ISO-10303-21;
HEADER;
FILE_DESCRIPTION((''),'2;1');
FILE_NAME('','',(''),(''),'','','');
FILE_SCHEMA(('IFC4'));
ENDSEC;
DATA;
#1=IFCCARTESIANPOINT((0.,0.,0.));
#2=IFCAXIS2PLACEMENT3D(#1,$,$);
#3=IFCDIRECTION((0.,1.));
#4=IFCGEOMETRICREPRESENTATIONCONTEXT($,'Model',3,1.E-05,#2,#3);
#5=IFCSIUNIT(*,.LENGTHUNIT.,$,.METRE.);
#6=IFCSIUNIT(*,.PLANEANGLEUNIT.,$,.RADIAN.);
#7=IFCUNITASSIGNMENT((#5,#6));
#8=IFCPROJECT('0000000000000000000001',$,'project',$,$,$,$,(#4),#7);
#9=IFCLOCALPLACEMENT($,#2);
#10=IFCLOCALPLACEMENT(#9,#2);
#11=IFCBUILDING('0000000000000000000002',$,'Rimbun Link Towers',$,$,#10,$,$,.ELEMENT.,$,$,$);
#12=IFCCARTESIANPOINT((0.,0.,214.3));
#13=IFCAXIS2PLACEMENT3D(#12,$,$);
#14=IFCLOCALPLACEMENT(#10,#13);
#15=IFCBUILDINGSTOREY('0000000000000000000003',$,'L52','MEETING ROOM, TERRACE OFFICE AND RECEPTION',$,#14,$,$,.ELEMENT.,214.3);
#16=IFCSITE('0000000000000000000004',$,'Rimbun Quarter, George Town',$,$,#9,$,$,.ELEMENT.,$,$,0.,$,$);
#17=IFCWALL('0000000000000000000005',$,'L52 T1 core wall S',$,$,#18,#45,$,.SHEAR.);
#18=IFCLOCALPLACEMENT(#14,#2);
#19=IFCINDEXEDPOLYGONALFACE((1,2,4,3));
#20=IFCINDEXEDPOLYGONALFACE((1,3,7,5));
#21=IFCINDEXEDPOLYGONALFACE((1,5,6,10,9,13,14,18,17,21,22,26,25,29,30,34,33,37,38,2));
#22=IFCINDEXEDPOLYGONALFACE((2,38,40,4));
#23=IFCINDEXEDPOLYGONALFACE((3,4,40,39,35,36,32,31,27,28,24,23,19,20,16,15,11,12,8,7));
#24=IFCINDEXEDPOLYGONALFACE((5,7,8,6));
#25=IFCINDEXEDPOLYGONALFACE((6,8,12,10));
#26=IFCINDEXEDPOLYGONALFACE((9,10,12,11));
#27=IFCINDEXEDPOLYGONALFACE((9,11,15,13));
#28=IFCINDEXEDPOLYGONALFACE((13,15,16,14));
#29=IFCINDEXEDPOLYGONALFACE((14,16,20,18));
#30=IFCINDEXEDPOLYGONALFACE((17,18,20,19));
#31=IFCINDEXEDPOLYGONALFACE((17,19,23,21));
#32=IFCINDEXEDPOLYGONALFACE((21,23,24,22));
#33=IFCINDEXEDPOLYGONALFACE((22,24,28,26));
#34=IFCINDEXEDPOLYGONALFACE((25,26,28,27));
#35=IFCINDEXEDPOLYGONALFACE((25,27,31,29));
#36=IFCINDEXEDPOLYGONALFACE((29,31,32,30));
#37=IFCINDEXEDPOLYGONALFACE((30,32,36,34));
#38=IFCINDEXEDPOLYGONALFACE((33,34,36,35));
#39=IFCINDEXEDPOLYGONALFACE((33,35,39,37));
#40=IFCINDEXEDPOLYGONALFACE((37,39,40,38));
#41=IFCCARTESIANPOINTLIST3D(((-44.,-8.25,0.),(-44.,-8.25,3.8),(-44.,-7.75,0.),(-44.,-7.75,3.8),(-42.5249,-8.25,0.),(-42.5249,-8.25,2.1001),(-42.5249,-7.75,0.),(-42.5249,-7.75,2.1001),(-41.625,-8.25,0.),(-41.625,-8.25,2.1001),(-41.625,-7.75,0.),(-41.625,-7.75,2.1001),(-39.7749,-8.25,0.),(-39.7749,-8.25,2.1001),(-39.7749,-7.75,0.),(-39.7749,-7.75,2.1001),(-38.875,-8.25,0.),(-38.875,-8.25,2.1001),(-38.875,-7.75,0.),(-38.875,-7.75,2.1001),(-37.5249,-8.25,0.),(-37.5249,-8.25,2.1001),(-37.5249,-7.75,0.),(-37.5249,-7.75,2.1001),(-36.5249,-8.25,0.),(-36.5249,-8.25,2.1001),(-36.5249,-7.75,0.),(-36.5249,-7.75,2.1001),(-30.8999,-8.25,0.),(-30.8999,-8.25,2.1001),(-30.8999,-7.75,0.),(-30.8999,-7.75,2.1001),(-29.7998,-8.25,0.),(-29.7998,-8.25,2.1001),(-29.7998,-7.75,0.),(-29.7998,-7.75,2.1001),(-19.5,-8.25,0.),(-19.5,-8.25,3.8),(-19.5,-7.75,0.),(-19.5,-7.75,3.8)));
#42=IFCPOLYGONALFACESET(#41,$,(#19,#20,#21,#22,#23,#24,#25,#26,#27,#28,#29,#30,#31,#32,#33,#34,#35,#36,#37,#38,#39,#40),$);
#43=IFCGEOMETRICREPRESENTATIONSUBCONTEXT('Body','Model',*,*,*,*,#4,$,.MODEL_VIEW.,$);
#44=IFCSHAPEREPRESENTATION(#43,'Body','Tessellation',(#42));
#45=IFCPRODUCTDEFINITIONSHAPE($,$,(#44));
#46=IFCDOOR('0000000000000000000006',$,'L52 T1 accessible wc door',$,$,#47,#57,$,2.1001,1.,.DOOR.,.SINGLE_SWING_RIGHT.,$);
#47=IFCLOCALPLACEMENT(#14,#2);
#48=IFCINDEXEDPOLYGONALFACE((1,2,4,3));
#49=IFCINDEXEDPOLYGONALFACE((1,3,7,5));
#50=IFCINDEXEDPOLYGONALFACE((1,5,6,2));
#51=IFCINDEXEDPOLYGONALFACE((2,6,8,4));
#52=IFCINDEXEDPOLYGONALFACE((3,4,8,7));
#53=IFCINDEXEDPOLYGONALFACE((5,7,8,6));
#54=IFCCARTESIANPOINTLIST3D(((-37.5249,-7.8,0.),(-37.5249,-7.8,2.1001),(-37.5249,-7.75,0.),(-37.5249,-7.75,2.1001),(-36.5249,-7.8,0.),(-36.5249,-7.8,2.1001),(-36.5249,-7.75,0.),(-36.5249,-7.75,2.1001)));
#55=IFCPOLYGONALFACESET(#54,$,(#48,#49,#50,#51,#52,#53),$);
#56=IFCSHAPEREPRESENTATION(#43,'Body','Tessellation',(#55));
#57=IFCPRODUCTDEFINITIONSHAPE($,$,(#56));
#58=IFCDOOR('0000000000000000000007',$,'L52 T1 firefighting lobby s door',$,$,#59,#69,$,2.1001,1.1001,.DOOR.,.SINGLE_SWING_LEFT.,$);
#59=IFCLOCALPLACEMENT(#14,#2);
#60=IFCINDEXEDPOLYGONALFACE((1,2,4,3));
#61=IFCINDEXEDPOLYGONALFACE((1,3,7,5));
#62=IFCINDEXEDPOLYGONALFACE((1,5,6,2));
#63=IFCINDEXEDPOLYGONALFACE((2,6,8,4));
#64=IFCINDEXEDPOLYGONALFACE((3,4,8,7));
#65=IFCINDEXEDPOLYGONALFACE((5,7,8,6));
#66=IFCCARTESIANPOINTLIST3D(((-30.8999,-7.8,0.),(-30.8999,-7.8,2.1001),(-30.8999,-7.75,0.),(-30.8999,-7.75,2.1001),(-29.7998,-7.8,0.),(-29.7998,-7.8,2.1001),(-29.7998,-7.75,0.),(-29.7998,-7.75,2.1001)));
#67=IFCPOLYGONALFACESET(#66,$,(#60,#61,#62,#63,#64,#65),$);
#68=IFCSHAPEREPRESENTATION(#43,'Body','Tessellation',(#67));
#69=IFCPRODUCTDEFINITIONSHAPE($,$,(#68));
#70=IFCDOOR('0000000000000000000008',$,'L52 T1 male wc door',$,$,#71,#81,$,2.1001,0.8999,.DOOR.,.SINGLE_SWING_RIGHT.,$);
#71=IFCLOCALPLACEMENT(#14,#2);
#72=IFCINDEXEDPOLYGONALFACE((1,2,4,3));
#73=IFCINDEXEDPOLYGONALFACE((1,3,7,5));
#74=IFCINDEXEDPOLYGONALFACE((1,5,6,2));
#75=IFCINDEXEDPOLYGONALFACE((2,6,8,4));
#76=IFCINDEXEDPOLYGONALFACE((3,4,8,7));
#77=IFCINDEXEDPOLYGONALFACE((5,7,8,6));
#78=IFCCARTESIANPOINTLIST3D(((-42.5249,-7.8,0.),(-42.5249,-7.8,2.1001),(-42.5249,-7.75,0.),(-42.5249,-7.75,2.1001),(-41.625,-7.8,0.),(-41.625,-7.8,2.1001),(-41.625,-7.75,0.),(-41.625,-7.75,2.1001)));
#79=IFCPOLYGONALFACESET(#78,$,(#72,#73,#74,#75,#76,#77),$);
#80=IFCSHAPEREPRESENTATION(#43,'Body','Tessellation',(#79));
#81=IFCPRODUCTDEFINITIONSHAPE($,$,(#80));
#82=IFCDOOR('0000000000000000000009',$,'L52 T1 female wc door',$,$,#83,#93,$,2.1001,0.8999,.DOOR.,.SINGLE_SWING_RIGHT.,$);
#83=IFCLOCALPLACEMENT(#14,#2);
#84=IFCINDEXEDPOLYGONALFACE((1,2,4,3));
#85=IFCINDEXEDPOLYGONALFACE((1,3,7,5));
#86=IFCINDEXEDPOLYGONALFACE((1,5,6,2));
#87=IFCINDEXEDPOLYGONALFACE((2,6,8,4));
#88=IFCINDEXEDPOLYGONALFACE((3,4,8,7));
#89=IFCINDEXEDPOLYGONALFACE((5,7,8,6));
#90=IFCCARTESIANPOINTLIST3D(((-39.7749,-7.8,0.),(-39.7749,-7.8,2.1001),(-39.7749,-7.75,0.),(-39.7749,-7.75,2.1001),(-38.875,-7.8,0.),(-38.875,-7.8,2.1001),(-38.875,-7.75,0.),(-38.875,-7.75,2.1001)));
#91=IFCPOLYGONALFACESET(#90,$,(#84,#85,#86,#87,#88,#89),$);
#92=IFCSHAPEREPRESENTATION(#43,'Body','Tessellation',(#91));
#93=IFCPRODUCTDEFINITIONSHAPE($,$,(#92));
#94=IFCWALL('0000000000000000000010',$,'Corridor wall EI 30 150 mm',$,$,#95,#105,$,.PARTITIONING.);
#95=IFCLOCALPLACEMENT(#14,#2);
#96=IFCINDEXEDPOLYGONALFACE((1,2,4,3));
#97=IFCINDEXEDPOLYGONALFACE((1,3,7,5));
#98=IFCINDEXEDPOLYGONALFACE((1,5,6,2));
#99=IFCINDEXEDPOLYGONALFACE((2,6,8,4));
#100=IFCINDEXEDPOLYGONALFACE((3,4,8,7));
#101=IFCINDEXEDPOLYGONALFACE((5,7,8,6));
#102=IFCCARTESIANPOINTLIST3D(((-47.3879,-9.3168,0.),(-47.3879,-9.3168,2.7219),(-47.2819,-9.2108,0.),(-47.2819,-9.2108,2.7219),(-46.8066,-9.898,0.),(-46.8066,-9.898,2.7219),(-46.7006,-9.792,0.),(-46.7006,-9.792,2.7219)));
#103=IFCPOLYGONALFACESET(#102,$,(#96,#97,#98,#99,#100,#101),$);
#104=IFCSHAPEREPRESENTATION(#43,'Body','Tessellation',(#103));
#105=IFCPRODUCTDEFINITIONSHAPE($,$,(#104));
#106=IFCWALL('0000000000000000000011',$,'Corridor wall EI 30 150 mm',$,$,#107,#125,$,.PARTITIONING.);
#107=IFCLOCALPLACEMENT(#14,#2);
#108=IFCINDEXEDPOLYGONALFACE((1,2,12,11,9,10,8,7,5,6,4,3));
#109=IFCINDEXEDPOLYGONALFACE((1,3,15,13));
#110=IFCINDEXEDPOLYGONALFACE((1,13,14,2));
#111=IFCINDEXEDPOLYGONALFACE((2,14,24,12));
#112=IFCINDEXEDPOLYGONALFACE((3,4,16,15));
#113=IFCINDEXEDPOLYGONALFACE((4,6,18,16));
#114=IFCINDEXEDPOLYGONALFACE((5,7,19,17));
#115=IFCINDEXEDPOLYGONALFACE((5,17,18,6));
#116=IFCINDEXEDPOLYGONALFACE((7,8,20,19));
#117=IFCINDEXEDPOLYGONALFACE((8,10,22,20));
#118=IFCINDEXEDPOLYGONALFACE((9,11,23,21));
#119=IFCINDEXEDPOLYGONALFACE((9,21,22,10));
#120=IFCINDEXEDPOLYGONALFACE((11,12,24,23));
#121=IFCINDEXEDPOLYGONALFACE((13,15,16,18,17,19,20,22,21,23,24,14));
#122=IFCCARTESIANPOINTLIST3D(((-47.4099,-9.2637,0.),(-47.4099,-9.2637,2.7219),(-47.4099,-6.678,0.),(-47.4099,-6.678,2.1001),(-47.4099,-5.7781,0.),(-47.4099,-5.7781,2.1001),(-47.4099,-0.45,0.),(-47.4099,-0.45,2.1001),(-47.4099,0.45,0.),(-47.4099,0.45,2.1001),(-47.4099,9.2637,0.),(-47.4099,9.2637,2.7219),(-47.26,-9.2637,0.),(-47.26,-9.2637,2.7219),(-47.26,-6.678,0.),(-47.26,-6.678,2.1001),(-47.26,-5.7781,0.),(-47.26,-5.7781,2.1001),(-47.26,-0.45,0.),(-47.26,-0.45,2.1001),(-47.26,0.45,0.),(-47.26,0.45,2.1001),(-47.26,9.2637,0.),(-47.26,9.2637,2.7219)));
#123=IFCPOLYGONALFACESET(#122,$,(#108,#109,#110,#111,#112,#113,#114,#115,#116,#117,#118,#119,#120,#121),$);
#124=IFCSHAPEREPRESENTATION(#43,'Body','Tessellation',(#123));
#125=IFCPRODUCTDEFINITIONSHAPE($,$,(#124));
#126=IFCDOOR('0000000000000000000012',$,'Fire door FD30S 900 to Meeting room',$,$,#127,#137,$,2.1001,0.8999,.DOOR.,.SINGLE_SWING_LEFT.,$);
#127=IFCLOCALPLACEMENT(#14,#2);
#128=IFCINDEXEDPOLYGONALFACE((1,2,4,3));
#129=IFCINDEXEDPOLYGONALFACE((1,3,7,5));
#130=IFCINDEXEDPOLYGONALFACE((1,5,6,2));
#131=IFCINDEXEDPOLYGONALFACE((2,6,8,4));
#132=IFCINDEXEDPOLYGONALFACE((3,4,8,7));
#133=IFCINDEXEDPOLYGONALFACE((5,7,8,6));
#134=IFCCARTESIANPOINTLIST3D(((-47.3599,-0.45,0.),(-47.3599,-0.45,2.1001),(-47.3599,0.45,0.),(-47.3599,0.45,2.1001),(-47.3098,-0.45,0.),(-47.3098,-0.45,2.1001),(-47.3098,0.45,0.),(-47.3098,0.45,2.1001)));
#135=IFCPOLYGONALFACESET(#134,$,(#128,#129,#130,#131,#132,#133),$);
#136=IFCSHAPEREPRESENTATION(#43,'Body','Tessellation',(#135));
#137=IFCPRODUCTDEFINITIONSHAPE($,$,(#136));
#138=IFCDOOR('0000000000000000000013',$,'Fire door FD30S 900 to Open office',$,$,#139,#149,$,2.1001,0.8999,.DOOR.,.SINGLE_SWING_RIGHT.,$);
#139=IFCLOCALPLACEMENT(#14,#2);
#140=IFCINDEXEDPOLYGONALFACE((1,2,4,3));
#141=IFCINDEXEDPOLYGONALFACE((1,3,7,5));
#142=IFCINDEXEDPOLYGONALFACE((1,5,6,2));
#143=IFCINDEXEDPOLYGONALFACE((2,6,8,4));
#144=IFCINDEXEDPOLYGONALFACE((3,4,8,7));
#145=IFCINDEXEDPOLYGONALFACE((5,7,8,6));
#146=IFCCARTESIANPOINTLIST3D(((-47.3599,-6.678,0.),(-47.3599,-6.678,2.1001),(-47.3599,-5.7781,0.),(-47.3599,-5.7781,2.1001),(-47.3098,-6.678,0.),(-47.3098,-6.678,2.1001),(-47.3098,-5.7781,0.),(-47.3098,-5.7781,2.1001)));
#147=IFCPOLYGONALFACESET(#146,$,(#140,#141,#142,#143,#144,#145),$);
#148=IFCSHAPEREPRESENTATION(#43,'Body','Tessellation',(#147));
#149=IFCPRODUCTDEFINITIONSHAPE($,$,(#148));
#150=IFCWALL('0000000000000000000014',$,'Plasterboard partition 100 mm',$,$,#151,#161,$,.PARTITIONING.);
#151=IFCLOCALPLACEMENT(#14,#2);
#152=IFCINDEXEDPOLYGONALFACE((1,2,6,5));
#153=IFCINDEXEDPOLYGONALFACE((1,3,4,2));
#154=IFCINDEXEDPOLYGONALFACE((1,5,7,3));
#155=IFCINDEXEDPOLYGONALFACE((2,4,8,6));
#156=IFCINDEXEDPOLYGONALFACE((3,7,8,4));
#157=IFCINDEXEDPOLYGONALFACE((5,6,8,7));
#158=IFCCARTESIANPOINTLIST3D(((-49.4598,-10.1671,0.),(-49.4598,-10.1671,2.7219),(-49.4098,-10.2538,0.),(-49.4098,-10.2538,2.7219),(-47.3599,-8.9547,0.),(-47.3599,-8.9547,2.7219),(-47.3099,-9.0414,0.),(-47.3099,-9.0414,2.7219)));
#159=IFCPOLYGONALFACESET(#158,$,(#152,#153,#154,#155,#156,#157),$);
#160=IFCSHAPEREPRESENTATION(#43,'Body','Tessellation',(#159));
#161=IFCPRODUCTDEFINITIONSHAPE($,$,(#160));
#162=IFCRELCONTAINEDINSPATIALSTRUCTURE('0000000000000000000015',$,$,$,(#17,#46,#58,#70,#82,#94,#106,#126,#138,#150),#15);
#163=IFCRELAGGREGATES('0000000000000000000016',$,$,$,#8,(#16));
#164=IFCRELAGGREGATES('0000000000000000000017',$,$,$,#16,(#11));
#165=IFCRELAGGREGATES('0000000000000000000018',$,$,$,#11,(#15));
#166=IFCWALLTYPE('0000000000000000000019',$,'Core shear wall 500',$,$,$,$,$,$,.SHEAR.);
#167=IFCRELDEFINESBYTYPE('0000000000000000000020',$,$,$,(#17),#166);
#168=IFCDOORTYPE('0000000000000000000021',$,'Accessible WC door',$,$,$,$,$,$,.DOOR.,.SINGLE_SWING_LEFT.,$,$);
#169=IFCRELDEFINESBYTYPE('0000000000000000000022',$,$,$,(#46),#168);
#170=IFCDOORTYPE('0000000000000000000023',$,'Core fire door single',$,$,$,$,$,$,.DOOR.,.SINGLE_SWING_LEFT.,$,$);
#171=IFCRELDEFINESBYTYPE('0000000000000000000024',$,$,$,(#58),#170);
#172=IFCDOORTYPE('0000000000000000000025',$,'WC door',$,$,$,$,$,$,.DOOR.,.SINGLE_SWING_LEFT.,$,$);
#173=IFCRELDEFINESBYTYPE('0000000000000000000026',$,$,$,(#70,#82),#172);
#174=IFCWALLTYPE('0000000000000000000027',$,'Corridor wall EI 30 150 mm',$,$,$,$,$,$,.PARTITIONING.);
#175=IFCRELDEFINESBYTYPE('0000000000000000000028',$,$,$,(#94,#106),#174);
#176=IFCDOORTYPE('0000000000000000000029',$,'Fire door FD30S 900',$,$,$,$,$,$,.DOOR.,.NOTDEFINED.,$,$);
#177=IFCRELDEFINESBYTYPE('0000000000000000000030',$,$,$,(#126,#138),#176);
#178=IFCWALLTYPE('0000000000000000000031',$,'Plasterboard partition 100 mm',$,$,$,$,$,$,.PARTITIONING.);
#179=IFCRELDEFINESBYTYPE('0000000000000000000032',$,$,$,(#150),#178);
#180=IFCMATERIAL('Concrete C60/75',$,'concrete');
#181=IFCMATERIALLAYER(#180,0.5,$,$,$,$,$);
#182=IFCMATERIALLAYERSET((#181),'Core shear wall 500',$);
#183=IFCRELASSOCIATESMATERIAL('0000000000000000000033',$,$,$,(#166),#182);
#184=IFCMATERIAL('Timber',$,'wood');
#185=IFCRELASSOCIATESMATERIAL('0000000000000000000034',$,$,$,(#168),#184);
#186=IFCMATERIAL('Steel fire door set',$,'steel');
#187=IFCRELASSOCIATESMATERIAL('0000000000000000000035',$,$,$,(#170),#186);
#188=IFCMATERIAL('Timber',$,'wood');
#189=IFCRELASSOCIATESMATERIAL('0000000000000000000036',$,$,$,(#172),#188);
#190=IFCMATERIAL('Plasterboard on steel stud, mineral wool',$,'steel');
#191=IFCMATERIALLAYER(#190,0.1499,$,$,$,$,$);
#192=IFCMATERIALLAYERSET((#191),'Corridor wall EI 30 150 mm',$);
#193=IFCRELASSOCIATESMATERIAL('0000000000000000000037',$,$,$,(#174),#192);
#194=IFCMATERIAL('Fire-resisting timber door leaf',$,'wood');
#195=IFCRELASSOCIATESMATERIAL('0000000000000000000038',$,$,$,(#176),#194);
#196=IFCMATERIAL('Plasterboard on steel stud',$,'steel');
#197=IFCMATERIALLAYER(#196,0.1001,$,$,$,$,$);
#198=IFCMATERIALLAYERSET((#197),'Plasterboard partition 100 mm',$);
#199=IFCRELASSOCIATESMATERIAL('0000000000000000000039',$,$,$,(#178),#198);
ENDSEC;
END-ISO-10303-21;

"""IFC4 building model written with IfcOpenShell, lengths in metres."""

from ifc_helpers import new_model, si_unit, direction, frame, frame_2d, origin, place, context, subcontext, project, spatial, rectangle, extrude, material, layer, layer_set, type_object, element, fill, save


model = new_model("IFC4")

# Units and contexts
model_context = context("Model", 3, precision=1e-05, world=origin(), true_north=direction((0.0, 1.0)))
body_context = subcontext(model_context, "Body", "Model", "MODEL_VIEW")
ifc_project = project(units=[si_unit("LENGTHUNIT", "METRE"), si_unit("PLANEANGLEUNIT", "RADIAN")], contexts=[model_context])

# Site, building, storey
site_placement = place(None, origin())
site = spatial("IfcSite", under=ifc_project, at=site_placement, Name="Rimbun Quarter, George Town", CompositionType="ELEMENT", RefElevation=0.0)
building_placement = place(site_placement, origin())
building = spatial("IfcBuilding", under=site, at=building_placement, Name="Rimbun Link Towers", CompositionType="ELEMENT")
storey_placement = place(building_placement, frame((0.0, 0.0, 214.3)))
storey = spatial("IfcBuildingStorey", under=building, at=storey_placement, Name="L52", Description="MEETING ROOM, TERRACE OFFICE AND RECEPTION", CompositionType="ELEMENT", Elevation=214.3)

# Wall, openings, doors
ifc_material_1 = material(Name="Concrete C60/75", Category="concrete")
ifc_layer_1 = layer(ifc_material_1, 0.5)
ifc_layer_set_1 = layer_set([ifc_layer_1], Name="Core shear wall 500")
wall_type_1 = type_object("IfcWallType", Name="Core shear wall 500", PredefinedType="SHEAR", material=ifc_layer_set_1)
wall_1_placement = place(storey_placement, frame((-44.0, -8.0, 0.0), z_axis=(0.0, 0.0, 1.0), x_axis=(1.0, 0.0, 0.0)))
wall_1 = element("IfcWall", 1, at=wall_1_placement, inside=storey, type_object=wall_type_1, Name="L52 T1 core wall S", PredefinedType="SHEAR", context=body_context, shape_type="SweptSolid", body=[
    extrude(rectangle(XDim=24.5, YDim=0.5, at=frame_2d((12.25, 0.0))), origin(), (0.0, 0.0, 1.0), 3.8),
])
opening_1_placement = place(wall_1_placement, frame((13.1001, 0.0, 0.0)))
opening_1 = element("IfcOpeningElement", 2, at=opening_1_placement, cuts=wall_1, PredefinedType="OPENING", context=body_context, shape_type="SweptSolid", body=[
    extrude(rectangle(XDim=1.1001, YDim=2.1001, at=frame_2d((0.55, 1.05))), frame((0.0, 0.26, 0.0), z_axis=(0.0, -1.0, 0.0), x_axis=(1.0, 0.0, 0.0)), (0.0, 0.0, 1.0), 0.52),
])
opening_2_placement = place(wall_1_placement, frame((1.4751, 0.0, 0.0)))
opening_2 = element("IfcOpeningElement", 3, at=opening_2_placement, cuts=wall_1, PredefinedType="OPENING", context=body_context, shape_type="SweptSolid", body=[
    extrude(rectangle(XDim=0.8999, YDim=2.1001, at=frame_2d((0.45, 1.05))), frame((0.0, 0.26, 0.0), z_axis=(0.0, -1.0, 0.0), x_axis=(1.0, 0.0, 0.0)), (0.0, 0.0, 1.0), 0.52),
])
opening_3_placement = place(wall_1_placement, frame((4.2251, 0.0, 0.0)))
opening_3 = element("IfcOpeningElement", 4, at=opening_3_placement, cuts=wall_1, PredefinedType="OPENING", context=body_context, shape_type="SweptSolid", body=[
    extrude(rectangle(XDim=0.8999, YDim=2.1001, at=frame_2d((0.45, 1.05))), frame((0.0, 0.26, 0.0), z_axis=(0.0, -1.0, 0.0), x_axis=(1.0, 0.0, 0.0)), (0.0, 0.0, 1.0), 0.52),
])
opening_4_placement = place(wall_1_placement, frame((6.4751, 0.0, 0.0)))
opening_4 = element("IfcOpeningElement", 5, at=opening_4_placement, cuts=wall_1, PredefinedType="OPENING", context=body_context, shape_type="SweptSolid", body=[
    extrude(rectangle(XDim=1.0, YDim=2.1001, at=frame_2d((0.5, 1.05))), frame((0.0, 0.26, 0.0), z_axis=(0.0, -1.0, 0.0), x_axis=(1.0, 0.0, 0.0)), (0.0, 0.0, 1.0), 0.52),
])
ifc_material_2 = material(Name="Timber", Category="wood")
door_type_1 = type_object("IfcDoorType", Name="Accessible WC door", OperationType="SINGLE_SWING_LEFT", PredefinedType="DOOR", material=ifc_material_2)
door_1_placement = place(opening_4_placement, origin())
door_1 = element("IfcDoor", 6, at=door_1_placement, inside=storey, type_object=door_type_1, Name="L52 T1 accessible wc door", OperationType="SINGLE_SWING_RIGHT", OverallHeight=2.1001, OverallWidth=1.0, PredefinedType="DOOR", context=body_context, shape_type="SweptSolid", body=[
    extrude(rectangle(XDim=1.0, YDim=2.1001, at=frame_2d((0.5, 1.05))), frame((0.0, 0.25, 0.0), z_axis=(0.0, -1.0, 0.0), x_axis=(1.0, 0.0, 0.0)), (0.0, 0.0, 1.0), 0.05),
])
fill(opening_4, door_1)
ifc_material_3 = material(Name="Steel fire door set", Category="steel")
door_type_2 = type_object("IfcDoorType", Name="Core fire door single", OperationType="SINGLE_SWING_LEFT", PredefinedType="DOOR", material=ifc_material_3)
door_2_placement = place(opening_1_placement, origin())
door_2 = element("IfcDoor", 7, at=door_2_placement, inside=storey, type_object=door_type_2, Name="L52 T1 firefighting lobby s door", OperationType="SINGLE_SWING_LEFT", OverallHeight=2.1001, OverallWidth=1.1001, PredefinedType="DOOR", context=body_context, shape_type="SweptSolid", body=[
    extrude(rectangle(XDim=1.1001, YDim=2.1001, at=frame_2d((0.55, 1.05))), frame((0.0, 0.25, 0.0), z_axis=(0.0, -1.0, 0.0), x_axis=(1.0, 0.0, 0.0)), (0.0, 0.0, 1.0), 0.05),
])
fill(opening_1, door_2)
ifc_material_4 = material(Name="Timber", Category="wood")
door_type_3 = type_object("IfcDoorType", Name="WC door", OperationType="SINGLE_SWING_LEFT", PredefinedType="DOOR", material=ifc_material_4)
door_3_placement = place(opening_2_placement, origin())
door_3 = element("IfcDoor", 8, at=door_3_placement, inside=storey, type_object=door_type_3, Name="L52 T1 male wc door", OperationType="SINGLE_SWING_RIGHT", OverallHeight=2.1001, OverallWidth=0.8999, PredefinedType="DOOR", context=body_context, shape_type="SweptSolid", body=[
    extrude(rectangle(XDim=0.8999, YDim=2.1001, at=frame_2d((0.45, 1.05))), frame((0.0, 0.25, 0.0), z_axis=(0.0, -1.0, 0.0), x_axis=(1.0, 0.0, 0.0)), (0.0, 0.0, 1.0), 0.05),
])
fill(opening_2, door_3)
door_4_placement = place(opening_3_placement, origin())
door_4 = element("IfcDoor", 9, at=door_4_placement, inside=storey, type_object=door_type_3, Name="L52 T1 female wc door", OperationType="SINGLE_SWING_RIGHT", OverallHeight=2.1001, OverallWidth=0.8999, PredefinedType="DOOR", context=body_context, shape_type="SweptSolid", body=[
    extrude(rectangle(XDim=0.8999, YDim=2.1001, at=frame_2d((0.45, 1.05))), frame((0.0, 0.25, 0.0), z_axis=(0.0, -1.0, 0.0), x_axis=(1.0, 0.0, 0.0)), (0.0, 0.0, 1.0), 0.05),
])
fill(opening_3, door_4)

# Wall
ifc_material_5 = material(Name="Plasterboard on steel stud, mineral wool", Category="steel")
ifc_layer_2 = layer(ifc_material_5, 0.1499)
ifc_layer_set_2 = layer_set([ifc_layer_2], Name="Corridor wall EI 30 150 mm")
wall_type_2 = type_object("IfcWallType", Name="Corridor wall EI 30 150 mm", PredefinedType="PARTITIONING", material=ifc_layer_set_2)
wall_2_placement = place(storey_placement, frame((-47.335, -9.2637, 0.0), z_axis=(0.0, 0.0, 1.0), x_axis=(0.707107, -0.707107, 0.0)))
element("IfcWall", 10, at=wall_2_placement, inside=storey, type_object=wall_type_2, Name="Corridor wall EI 30 150 mm", PredefinedType="PARTITIONING", context=body_context, shape_type="SweptSolid", body=[
    extrude(rectangle(XDim=0.822, YDim=0.1499, at=frame_2d((0.4111, 0.0))), origin(), (0.0, 0.0, 1.0), 2.7219),
])

# Wall, openings, doors
wall_3_placement = place(storey_placement, frame((-47.335, -9.2637, 0.0), z_axis=(0.0, 0.0, 1.0), x_axis=(0.0, 1.0, 0.0)))
wall_3 = element("IfcWall", 11, at=wall_3_placement, inside=storey, type_object=wall_type_2, Name="Corridor wall EI 30 150 mm", PredefinedType="PARTITIONING", context=body_context, shape_type="SweptSolid", body=[
    extrude(rectangle(XDim=18.5273, YDim=0.1499, at=frame_2d((9.2637, 0.0))), origin(), (0.0, 0.0, 1.0), 2.7219),
])
opening_5_placement = place(wall_3_placement, frame((8.8137, 0.0, 0.0)))
opening_5 = element("IfcOpeningElement", 12, at=opening_5_placement, cuts=wall_3, PredefinedType="OPENING", context=body_context, shape_type="SweptSolid", body=[
    extrude(rectangle(XDim=0.8999, YDim=2.1001, at=frame_2d((0.45, 1.05))), frame((0.0, 0.085, 0.0), z_axis=(0.0, -1.0, 0.0), x_axis=(1.0, 0.0, 0.0)), (0.0, 0.0, 1.0), 0.1699),
])
opening_6_placement = place(wall_3_placement, frame((2.5857, 0.0, 0.0)))
opening_6 = element("IfcOpeningElement", 13, at=opening_6_placement, cuts=wall_3, PredefinedType="OPENING", context=body_context, shape_type="SweptSolid", body=[
    extrude(rectangle(XDim=0.8999, YDim=2.1001, at=frame_2d((0.45, 1.05))), frame((0.0, 0.085, 0.0), z_axis=(0.0, -1.0, 0.0), x_axis=(1.0, 0.0, 0.0)), (0.0, 0.0, 1.0), 0.1699),
])
ifc_material_6 = material(Name="Fire-resisting timber door leaf", Category="wood")
door_type_4 = type_object("IfcDoorType", Name="Fire door FD30S 900", OperationType="NOTDEFINED", PredefinedType="DOOR", material=ifc_material_6)
door_5_placement = place(opening_5_placement, origin())
door_5 = element("IfcDoor", 14, at=door_5_placement, inside=storey, type_object=door_type_4, Name="Fire door FD30S 900 to Meeting room", OperationType="SINGLE_SWING_LEFT", OverallHeight=2.1001, OverallWidth=0.8999, PredefinedType="DOOR", context=body_context, shape_type="SweptSolid", body=[
    extrude(rectangle(XDim=0.8999, YDim=2.1001, at=frame_2d((0.45, 1.05))), frame((0.0, 0.0249, 0.0), z_axis=(0.0, -1.0, 0.0), x_axis=(1.0, 0.0, 0.0)), (0.0, 0.0, 1.0), 0.05),
])
fill(opening_5, door_5)
door_6_placement = place(opening_6_placement, origin())
door_6 = element("IfcDoor", 15, at=door_6_placement, inside=storey, type_object=door_type_4, Name="Fire door FD30S 900 to Open office", OperationType="SINGLE_SWING_RIGHT", OverallHeight=2.1001, OverallWidth=0.8999, PredefinedType="DOOR", context=body_context, shape_type="SweptSolid", body=[
    extrude(rectangle(XDim=0.8999, YDim=2.1001, at=frame_2d((0.45, 1.05))), frame((0.0, 0.0249, 0.0), z_axis=(0.0, -1.0, 0.0), x_axis=(1.0, 0.0, 0.0)), (0.0, 0.0, 1.0), 0.05),
])
fill(opening_6, door_6)

# Wall
ifc_material_7 = material(Name="Plasterboard on steel stud", Category="steel")
ifc_layer_3 = layer(ifc_material_7, 0.1001)
ifc_layer_set_3 = layer_set([ifc_layer_3], Name="Plasterboard partition 100 mm")
wall_type_3 = type_object("IfcWallType", Name="Plasterboard partition 100 mm", PredefinedType="PARTITIONING", material=ifc_layer_set_3)
wall_4_placement = place(storey_placement, frame((-49.4348, -10.2104, 0.0), z_axis=(0.0, 0.0, 1.0), x_axis=(0.866016, 0.500016, 0.0)))
element("IfcWall", 16, at=wall_4_placement, inside=storey, type_object=wall_type_3, Name="Plasterboard partition 100 mm", PredefinedType="PARTITIONING", context=body_context, shape_type="SweptSolid", body=[
    extrude(rectangle(XDim=2.4248, YDim=0.1001, at=frame_2d((1.2124, 0.0))), origin(), (0.0, 0.0, 1.0), 2.7219),
])

save(model, "model.ifc")
